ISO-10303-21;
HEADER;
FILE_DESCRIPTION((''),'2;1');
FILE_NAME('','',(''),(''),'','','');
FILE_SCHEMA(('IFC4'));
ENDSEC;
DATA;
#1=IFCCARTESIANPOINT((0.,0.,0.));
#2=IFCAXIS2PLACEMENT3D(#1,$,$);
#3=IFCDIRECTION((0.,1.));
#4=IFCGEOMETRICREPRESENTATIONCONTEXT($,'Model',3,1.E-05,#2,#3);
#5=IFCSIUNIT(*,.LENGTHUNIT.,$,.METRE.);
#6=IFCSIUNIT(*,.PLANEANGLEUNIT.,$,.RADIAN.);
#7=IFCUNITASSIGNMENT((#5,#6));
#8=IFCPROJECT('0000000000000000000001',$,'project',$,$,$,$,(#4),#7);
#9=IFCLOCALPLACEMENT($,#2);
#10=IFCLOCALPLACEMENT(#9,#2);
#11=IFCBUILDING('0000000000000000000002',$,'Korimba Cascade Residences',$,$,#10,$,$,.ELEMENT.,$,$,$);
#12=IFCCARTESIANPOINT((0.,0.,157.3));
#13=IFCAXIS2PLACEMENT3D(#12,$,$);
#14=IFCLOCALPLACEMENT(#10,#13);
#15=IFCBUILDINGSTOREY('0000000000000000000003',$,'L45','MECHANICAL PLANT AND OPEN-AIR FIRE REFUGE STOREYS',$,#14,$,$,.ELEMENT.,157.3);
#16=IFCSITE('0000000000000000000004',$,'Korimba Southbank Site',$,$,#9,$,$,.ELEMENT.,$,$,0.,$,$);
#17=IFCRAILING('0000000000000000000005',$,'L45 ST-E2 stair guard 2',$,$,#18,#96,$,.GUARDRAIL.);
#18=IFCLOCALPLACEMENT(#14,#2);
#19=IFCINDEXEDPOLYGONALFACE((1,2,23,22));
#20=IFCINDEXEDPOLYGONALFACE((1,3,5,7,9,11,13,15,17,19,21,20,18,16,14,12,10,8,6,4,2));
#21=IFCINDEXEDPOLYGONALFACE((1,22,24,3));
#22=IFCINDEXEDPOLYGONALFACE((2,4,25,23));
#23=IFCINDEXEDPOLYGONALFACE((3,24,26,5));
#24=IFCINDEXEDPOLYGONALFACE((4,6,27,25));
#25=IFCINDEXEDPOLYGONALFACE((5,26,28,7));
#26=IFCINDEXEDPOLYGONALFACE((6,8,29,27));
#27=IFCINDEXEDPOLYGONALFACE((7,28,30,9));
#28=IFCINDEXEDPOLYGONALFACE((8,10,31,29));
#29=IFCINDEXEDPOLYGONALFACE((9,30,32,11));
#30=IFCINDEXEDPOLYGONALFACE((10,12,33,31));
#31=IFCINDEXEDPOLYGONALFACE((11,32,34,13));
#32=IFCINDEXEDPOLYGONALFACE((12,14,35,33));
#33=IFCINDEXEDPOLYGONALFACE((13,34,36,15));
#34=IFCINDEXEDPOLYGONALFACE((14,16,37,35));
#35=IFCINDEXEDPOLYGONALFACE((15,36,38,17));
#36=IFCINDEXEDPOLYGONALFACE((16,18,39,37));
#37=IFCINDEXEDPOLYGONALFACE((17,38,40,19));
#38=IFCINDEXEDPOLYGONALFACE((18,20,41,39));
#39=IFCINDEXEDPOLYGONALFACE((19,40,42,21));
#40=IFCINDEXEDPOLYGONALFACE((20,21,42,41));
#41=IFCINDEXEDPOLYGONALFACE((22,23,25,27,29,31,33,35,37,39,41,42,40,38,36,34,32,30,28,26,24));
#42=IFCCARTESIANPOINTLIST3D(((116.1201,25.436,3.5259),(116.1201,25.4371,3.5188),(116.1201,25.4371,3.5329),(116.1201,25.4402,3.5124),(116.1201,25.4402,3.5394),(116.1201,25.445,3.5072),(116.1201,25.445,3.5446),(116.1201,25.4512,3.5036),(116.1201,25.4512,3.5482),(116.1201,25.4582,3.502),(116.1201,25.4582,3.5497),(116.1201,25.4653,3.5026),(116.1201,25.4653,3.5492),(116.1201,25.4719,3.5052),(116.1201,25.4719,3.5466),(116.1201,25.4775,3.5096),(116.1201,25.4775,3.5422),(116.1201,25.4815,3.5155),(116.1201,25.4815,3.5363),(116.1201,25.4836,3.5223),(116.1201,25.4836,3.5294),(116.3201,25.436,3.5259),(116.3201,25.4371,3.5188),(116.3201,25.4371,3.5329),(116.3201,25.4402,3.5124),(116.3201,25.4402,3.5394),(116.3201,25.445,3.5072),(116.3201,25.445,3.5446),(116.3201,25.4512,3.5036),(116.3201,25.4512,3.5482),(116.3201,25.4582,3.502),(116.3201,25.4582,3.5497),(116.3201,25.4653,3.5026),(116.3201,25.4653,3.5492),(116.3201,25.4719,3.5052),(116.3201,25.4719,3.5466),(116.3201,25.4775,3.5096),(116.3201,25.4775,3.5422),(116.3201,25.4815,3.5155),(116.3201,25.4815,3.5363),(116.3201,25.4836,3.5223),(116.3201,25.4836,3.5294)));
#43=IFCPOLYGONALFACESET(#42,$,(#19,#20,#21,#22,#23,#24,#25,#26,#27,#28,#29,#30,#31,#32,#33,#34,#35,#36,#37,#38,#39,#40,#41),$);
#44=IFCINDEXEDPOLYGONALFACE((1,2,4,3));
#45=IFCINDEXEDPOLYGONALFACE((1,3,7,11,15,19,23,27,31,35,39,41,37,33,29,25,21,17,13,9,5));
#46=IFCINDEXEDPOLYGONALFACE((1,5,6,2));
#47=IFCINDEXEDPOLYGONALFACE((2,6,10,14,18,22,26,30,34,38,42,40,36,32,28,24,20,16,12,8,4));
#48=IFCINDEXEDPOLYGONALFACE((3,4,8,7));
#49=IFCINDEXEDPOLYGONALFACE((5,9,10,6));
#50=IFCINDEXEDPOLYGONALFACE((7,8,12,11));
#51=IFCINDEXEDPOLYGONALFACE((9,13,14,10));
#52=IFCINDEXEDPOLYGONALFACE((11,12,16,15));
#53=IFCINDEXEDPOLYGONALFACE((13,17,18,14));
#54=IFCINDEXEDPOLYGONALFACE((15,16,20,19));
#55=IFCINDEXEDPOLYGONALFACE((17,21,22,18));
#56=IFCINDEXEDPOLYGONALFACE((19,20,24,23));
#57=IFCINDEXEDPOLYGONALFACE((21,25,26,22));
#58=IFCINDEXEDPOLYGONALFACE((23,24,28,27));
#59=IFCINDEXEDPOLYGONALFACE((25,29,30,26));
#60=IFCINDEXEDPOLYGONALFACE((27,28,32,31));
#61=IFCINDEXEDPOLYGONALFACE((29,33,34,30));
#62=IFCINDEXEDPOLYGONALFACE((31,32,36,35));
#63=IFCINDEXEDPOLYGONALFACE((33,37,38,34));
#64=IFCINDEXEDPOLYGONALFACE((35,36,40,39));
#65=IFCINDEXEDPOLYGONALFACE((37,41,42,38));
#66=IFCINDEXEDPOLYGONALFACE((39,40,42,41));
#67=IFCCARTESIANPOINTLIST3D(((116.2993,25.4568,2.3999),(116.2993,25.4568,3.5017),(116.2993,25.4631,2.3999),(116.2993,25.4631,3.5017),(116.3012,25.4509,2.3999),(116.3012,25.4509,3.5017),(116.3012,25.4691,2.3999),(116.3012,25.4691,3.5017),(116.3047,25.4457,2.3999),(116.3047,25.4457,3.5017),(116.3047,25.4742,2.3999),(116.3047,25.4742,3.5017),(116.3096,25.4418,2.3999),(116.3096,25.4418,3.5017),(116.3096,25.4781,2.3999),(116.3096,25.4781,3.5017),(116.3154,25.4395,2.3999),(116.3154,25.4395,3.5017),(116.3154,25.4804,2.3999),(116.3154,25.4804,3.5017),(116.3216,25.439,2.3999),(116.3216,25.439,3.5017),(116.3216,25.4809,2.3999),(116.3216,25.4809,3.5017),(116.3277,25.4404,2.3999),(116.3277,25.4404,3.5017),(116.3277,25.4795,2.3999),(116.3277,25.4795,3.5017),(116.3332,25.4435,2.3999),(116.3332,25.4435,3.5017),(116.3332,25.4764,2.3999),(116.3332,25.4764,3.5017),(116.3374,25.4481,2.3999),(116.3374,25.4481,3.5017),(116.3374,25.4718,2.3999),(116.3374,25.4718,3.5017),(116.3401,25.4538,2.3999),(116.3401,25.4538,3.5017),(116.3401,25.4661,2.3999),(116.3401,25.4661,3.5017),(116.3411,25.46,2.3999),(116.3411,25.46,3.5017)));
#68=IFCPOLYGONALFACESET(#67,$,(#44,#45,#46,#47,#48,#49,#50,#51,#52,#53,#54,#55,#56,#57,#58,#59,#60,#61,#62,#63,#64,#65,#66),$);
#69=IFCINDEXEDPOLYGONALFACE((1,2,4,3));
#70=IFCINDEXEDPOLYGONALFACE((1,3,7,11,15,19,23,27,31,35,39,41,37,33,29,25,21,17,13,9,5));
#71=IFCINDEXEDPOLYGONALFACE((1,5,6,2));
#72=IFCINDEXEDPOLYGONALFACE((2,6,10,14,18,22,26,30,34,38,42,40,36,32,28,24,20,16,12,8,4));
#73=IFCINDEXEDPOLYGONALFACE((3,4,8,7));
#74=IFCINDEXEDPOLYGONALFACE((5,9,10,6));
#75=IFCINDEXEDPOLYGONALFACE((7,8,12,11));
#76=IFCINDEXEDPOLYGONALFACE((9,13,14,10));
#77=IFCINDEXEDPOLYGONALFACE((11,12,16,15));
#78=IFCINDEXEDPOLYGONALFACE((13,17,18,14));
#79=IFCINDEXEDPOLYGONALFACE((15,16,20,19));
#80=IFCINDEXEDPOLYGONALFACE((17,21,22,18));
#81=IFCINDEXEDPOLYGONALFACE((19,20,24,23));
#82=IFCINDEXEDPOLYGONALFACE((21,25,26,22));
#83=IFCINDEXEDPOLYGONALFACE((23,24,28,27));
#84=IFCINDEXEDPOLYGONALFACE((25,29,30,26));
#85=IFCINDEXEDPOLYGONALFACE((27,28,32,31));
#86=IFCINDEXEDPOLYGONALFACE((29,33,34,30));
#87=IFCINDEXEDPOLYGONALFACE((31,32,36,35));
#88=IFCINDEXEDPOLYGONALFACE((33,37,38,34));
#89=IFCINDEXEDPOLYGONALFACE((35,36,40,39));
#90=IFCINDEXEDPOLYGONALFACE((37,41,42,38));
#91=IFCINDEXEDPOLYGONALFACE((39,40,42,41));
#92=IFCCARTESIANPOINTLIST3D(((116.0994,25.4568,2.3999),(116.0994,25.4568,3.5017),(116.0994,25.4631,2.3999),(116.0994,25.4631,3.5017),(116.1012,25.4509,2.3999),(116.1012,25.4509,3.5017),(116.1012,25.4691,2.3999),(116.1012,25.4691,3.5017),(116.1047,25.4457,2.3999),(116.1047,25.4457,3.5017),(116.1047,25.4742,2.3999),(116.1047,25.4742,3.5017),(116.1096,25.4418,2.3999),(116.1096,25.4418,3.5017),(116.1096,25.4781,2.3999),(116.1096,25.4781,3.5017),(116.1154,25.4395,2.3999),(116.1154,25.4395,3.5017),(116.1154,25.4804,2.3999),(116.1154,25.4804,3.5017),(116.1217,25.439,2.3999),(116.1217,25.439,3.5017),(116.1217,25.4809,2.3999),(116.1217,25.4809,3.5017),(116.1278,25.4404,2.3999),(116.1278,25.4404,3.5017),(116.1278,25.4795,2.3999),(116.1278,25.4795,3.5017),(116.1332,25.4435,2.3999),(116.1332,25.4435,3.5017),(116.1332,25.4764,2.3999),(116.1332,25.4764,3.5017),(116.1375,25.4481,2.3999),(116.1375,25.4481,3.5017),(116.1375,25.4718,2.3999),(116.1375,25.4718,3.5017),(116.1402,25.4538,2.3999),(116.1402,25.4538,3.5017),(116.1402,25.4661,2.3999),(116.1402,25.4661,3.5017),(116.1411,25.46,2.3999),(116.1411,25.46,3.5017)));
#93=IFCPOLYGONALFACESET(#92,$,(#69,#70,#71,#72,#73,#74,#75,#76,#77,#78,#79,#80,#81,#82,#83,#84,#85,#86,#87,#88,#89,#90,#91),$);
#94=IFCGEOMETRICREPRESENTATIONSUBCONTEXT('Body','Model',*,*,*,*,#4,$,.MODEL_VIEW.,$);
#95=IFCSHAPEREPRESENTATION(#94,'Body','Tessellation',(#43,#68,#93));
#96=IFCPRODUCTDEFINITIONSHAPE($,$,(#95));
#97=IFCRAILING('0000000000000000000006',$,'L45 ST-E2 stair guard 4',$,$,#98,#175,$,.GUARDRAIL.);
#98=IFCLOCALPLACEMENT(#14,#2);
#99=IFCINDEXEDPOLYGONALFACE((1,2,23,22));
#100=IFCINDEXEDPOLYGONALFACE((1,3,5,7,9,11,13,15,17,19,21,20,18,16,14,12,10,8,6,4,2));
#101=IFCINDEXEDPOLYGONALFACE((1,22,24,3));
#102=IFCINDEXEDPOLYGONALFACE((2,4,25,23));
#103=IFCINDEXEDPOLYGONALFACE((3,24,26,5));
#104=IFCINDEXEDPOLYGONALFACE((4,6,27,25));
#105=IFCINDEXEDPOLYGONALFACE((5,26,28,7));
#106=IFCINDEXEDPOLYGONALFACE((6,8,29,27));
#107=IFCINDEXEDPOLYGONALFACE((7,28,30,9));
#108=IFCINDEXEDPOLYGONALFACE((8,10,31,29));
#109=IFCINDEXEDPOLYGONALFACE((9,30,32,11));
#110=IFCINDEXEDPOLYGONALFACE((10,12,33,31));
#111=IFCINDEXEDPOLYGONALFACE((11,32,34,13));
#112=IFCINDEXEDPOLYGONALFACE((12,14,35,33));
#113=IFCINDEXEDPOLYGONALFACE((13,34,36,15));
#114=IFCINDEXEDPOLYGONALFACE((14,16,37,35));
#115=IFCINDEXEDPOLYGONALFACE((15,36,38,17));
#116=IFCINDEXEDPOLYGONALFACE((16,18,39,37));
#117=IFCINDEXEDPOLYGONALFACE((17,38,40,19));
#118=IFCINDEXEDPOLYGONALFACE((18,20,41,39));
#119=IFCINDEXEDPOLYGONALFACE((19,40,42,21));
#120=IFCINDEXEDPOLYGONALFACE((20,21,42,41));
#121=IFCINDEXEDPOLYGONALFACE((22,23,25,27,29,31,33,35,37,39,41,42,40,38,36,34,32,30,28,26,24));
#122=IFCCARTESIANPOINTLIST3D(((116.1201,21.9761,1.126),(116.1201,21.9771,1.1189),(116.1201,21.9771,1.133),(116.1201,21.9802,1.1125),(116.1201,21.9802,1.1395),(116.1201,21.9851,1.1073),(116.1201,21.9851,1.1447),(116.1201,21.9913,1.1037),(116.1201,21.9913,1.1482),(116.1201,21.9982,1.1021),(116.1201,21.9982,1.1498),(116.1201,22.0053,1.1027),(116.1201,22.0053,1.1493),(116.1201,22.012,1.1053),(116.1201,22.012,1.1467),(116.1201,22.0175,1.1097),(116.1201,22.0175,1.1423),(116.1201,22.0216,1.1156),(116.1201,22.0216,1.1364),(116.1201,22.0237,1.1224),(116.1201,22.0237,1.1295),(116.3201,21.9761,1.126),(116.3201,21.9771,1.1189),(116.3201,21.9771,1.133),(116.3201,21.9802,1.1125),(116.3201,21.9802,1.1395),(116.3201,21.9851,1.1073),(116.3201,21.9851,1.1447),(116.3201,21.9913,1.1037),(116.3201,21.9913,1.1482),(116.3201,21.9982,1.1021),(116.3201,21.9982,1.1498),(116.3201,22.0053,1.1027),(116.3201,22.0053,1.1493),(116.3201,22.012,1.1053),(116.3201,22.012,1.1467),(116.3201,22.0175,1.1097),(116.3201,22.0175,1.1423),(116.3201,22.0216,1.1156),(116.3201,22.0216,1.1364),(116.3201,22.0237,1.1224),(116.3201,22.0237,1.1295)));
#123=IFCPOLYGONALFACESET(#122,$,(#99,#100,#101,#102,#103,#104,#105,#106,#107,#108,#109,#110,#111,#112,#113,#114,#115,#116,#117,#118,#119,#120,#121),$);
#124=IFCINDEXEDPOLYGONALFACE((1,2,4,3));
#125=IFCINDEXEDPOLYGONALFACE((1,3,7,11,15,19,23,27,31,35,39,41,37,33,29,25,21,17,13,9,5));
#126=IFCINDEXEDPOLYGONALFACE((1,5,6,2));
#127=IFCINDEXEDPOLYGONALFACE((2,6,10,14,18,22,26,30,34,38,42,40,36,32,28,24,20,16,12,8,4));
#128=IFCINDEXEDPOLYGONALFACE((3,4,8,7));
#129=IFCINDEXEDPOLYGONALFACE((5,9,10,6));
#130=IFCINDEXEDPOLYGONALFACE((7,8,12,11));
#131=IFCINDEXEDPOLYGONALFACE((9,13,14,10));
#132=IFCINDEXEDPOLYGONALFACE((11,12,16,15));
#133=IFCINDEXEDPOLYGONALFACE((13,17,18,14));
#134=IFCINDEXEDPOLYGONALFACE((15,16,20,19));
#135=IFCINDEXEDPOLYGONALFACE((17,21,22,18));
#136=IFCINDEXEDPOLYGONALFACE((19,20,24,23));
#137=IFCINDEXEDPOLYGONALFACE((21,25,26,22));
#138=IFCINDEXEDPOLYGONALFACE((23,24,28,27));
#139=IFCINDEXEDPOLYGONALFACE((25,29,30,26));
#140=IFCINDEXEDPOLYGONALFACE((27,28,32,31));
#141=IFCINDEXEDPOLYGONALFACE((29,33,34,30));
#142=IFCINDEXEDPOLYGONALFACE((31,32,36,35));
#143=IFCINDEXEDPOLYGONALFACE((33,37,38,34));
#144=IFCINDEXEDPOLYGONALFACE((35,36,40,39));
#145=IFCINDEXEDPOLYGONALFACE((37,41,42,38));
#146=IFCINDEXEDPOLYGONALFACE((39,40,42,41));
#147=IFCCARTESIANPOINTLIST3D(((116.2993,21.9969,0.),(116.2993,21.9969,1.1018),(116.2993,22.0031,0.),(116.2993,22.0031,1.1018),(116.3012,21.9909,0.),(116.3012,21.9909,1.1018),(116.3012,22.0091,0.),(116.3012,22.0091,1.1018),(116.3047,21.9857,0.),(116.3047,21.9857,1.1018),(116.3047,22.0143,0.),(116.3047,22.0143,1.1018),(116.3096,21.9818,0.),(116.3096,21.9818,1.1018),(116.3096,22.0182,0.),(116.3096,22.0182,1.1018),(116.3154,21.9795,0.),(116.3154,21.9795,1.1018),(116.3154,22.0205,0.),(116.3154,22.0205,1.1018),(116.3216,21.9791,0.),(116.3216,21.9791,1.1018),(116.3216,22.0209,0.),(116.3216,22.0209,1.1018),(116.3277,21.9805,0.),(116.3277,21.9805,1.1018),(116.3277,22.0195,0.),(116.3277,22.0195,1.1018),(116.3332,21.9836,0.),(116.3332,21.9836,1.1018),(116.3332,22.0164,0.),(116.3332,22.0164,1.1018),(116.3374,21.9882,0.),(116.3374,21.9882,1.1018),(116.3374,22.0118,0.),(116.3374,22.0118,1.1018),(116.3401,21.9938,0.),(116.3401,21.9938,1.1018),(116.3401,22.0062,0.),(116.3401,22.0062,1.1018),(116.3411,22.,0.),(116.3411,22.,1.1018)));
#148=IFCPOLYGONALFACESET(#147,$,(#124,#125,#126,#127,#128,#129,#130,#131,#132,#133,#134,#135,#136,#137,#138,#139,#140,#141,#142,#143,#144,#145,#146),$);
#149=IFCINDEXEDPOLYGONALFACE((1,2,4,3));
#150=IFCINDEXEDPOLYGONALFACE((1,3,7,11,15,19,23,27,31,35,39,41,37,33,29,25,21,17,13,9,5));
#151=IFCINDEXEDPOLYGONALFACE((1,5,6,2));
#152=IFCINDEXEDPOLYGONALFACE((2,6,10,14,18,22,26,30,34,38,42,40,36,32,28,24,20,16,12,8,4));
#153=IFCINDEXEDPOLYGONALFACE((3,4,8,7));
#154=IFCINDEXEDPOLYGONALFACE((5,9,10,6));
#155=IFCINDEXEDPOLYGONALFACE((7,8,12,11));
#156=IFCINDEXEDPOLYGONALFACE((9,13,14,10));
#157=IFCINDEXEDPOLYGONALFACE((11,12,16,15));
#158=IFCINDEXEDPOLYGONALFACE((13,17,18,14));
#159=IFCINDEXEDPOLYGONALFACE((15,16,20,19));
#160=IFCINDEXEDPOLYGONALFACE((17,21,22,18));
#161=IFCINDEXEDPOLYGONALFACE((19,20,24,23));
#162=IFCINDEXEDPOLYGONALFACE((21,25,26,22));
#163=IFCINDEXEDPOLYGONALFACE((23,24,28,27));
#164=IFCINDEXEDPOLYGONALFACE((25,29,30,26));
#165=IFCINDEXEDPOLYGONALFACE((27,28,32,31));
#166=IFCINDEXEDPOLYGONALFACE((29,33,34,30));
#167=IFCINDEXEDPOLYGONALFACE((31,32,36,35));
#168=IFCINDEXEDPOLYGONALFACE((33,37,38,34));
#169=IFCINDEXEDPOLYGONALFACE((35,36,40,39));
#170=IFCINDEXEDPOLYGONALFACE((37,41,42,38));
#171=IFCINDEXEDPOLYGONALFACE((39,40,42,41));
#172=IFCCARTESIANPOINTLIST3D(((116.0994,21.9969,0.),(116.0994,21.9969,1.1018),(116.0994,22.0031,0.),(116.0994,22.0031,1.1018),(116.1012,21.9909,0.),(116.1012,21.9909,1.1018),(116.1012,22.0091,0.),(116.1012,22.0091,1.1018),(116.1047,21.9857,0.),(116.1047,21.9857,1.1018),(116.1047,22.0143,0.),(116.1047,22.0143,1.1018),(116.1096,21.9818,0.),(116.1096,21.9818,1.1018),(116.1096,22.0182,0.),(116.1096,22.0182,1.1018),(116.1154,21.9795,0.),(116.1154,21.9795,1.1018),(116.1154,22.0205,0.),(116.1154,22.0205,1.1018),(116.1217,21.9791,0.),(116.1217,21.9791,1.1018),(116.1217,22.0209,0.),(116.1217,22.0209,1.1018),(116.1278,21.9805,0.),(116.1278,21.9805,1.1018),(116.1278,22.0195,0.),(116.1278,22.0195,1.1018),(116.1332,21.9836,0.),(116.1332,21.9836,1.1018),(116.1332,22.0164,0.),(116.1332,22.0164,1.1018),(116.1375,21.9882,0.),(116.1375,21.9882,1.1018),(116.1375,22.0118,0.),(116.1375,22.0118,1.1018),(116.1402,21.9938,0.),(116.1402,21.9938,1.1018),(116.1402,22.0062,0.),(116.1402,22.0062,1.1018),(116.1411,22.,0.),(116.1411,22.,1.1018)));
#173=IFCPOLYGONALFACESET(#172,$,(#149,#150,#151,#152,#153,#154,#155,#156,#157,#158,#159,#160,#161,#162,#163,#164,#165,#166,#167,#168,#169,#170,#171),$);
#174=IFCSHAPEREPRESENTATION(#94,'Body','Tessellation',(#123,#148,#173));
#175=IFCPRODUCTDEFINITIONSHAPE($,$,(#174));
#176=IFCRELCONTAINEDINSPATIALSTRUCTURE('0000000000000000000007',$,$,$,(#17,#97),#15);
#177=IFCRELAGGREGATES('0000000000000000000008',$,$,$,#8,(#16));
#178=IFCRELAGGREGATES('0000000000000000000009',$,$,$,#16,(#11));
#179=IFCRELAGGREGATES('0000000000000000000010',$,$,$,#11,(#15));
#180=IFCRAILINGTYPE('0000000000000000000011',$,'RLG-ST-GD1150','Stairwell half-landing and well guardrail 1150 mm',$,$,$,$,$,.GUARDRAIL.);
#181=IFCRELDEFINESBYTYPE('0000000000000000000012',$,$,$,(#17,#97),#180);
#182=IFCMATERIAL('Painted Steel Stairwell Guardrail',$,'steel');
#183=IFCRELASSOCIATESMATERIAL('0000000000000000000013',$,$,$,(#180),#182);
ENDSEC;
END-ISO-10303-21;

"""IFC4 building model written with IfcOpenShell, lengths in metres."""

from ifc_helpers import new_model, si_unit, direction, frame, origin, origin_2d, place, context, subcontext, project, spatial, circle, extrude, material, type_object, element, save


model = new_model("IFC4")

# Units and contexts
model_context = context("Model", 3, precision=1e-05, world=origin(), true_north=direction((0.0, 1.0)))
body_context = subcontext(model_context, "Body", "Model", "MODEL_VIEW")
ifc_project = project(units=[si_unit("LENGTHUNIT", "METRE"), si_unit("PLANEANGLEUNIT", "RADIAN")], contexts=[model_context])

# Site, building, storey
site_placement = place(None, origin())
site = spatial("IfcSite", under=ifc_project, at=site_placement, Name="Korimba Southbank Site", CompositionType="ELEMENT", RefElevation=0.0)
building_placement = place(site_placement, origin())
building = spatial("IfcBuilding", under=site, at=building_placement, Name="Korimba Cascade Residences", CompositionType="ELEMENT")
storey_placement = place(building_placement, frame((0.0, 0.0, 157.3)))
storey = spatial("IfcBuildingStorey", under=building, at=storey_placement, Name="L45", Description="MECHANICAL PLANT AND OPEN-AIR FIRE REFUGE STOREYS", CompositionType="ELEMENT", Elevation=157.3)

# Railings
ifc_material_1 = material(Name="Painted Steel Stairwell Guardrail", Category="steel")
railing_type_1 = type_object("IfcRailingType", Name="RLG-ST-GD1150", Description="Stairwell half-landing and well guardrail 1150 mm", PredefinedType="GUARDRAIL", material=ifc_material_1)
for number, where, name in (
    (1, (116.3201, 25.46, 2.3999), "L45 ST-E2 stair guard 2"),
    (2, (116.3201, 22.0, 0.0), "L45 ST-E2 stair guard 4"),
):
    element("IfcRailing", number, at=place(storey_placement, frame(where)), inside=storey, type_object=railing_type_1, Name=name, PredefinedType="GUARDRAIL", context=body_context, shape_type="SweptSolid", body=[
        extrude(circle(Radius=0.0239, at=origin_2d()), frame((0.0, 0.0, 1.126), z_axis=(-1.0, 0.0, 0.0), x_axis=(0.0, -1.0, 0.0)), (0.0, 0.0, 1.0), 0.2),
        extrude(circle(Radius=0.021, at=origin_2d()), origin(), (0.0, 0.0, 1.0), 1.1018),
        extrude(circle(Radius=0.021, at=origin_2d()), frame((-0.2, 0.0, 0.0)), (0.0, 0.0, 1.0), 1.1018),
    ])

save(model, "model.ifc")
